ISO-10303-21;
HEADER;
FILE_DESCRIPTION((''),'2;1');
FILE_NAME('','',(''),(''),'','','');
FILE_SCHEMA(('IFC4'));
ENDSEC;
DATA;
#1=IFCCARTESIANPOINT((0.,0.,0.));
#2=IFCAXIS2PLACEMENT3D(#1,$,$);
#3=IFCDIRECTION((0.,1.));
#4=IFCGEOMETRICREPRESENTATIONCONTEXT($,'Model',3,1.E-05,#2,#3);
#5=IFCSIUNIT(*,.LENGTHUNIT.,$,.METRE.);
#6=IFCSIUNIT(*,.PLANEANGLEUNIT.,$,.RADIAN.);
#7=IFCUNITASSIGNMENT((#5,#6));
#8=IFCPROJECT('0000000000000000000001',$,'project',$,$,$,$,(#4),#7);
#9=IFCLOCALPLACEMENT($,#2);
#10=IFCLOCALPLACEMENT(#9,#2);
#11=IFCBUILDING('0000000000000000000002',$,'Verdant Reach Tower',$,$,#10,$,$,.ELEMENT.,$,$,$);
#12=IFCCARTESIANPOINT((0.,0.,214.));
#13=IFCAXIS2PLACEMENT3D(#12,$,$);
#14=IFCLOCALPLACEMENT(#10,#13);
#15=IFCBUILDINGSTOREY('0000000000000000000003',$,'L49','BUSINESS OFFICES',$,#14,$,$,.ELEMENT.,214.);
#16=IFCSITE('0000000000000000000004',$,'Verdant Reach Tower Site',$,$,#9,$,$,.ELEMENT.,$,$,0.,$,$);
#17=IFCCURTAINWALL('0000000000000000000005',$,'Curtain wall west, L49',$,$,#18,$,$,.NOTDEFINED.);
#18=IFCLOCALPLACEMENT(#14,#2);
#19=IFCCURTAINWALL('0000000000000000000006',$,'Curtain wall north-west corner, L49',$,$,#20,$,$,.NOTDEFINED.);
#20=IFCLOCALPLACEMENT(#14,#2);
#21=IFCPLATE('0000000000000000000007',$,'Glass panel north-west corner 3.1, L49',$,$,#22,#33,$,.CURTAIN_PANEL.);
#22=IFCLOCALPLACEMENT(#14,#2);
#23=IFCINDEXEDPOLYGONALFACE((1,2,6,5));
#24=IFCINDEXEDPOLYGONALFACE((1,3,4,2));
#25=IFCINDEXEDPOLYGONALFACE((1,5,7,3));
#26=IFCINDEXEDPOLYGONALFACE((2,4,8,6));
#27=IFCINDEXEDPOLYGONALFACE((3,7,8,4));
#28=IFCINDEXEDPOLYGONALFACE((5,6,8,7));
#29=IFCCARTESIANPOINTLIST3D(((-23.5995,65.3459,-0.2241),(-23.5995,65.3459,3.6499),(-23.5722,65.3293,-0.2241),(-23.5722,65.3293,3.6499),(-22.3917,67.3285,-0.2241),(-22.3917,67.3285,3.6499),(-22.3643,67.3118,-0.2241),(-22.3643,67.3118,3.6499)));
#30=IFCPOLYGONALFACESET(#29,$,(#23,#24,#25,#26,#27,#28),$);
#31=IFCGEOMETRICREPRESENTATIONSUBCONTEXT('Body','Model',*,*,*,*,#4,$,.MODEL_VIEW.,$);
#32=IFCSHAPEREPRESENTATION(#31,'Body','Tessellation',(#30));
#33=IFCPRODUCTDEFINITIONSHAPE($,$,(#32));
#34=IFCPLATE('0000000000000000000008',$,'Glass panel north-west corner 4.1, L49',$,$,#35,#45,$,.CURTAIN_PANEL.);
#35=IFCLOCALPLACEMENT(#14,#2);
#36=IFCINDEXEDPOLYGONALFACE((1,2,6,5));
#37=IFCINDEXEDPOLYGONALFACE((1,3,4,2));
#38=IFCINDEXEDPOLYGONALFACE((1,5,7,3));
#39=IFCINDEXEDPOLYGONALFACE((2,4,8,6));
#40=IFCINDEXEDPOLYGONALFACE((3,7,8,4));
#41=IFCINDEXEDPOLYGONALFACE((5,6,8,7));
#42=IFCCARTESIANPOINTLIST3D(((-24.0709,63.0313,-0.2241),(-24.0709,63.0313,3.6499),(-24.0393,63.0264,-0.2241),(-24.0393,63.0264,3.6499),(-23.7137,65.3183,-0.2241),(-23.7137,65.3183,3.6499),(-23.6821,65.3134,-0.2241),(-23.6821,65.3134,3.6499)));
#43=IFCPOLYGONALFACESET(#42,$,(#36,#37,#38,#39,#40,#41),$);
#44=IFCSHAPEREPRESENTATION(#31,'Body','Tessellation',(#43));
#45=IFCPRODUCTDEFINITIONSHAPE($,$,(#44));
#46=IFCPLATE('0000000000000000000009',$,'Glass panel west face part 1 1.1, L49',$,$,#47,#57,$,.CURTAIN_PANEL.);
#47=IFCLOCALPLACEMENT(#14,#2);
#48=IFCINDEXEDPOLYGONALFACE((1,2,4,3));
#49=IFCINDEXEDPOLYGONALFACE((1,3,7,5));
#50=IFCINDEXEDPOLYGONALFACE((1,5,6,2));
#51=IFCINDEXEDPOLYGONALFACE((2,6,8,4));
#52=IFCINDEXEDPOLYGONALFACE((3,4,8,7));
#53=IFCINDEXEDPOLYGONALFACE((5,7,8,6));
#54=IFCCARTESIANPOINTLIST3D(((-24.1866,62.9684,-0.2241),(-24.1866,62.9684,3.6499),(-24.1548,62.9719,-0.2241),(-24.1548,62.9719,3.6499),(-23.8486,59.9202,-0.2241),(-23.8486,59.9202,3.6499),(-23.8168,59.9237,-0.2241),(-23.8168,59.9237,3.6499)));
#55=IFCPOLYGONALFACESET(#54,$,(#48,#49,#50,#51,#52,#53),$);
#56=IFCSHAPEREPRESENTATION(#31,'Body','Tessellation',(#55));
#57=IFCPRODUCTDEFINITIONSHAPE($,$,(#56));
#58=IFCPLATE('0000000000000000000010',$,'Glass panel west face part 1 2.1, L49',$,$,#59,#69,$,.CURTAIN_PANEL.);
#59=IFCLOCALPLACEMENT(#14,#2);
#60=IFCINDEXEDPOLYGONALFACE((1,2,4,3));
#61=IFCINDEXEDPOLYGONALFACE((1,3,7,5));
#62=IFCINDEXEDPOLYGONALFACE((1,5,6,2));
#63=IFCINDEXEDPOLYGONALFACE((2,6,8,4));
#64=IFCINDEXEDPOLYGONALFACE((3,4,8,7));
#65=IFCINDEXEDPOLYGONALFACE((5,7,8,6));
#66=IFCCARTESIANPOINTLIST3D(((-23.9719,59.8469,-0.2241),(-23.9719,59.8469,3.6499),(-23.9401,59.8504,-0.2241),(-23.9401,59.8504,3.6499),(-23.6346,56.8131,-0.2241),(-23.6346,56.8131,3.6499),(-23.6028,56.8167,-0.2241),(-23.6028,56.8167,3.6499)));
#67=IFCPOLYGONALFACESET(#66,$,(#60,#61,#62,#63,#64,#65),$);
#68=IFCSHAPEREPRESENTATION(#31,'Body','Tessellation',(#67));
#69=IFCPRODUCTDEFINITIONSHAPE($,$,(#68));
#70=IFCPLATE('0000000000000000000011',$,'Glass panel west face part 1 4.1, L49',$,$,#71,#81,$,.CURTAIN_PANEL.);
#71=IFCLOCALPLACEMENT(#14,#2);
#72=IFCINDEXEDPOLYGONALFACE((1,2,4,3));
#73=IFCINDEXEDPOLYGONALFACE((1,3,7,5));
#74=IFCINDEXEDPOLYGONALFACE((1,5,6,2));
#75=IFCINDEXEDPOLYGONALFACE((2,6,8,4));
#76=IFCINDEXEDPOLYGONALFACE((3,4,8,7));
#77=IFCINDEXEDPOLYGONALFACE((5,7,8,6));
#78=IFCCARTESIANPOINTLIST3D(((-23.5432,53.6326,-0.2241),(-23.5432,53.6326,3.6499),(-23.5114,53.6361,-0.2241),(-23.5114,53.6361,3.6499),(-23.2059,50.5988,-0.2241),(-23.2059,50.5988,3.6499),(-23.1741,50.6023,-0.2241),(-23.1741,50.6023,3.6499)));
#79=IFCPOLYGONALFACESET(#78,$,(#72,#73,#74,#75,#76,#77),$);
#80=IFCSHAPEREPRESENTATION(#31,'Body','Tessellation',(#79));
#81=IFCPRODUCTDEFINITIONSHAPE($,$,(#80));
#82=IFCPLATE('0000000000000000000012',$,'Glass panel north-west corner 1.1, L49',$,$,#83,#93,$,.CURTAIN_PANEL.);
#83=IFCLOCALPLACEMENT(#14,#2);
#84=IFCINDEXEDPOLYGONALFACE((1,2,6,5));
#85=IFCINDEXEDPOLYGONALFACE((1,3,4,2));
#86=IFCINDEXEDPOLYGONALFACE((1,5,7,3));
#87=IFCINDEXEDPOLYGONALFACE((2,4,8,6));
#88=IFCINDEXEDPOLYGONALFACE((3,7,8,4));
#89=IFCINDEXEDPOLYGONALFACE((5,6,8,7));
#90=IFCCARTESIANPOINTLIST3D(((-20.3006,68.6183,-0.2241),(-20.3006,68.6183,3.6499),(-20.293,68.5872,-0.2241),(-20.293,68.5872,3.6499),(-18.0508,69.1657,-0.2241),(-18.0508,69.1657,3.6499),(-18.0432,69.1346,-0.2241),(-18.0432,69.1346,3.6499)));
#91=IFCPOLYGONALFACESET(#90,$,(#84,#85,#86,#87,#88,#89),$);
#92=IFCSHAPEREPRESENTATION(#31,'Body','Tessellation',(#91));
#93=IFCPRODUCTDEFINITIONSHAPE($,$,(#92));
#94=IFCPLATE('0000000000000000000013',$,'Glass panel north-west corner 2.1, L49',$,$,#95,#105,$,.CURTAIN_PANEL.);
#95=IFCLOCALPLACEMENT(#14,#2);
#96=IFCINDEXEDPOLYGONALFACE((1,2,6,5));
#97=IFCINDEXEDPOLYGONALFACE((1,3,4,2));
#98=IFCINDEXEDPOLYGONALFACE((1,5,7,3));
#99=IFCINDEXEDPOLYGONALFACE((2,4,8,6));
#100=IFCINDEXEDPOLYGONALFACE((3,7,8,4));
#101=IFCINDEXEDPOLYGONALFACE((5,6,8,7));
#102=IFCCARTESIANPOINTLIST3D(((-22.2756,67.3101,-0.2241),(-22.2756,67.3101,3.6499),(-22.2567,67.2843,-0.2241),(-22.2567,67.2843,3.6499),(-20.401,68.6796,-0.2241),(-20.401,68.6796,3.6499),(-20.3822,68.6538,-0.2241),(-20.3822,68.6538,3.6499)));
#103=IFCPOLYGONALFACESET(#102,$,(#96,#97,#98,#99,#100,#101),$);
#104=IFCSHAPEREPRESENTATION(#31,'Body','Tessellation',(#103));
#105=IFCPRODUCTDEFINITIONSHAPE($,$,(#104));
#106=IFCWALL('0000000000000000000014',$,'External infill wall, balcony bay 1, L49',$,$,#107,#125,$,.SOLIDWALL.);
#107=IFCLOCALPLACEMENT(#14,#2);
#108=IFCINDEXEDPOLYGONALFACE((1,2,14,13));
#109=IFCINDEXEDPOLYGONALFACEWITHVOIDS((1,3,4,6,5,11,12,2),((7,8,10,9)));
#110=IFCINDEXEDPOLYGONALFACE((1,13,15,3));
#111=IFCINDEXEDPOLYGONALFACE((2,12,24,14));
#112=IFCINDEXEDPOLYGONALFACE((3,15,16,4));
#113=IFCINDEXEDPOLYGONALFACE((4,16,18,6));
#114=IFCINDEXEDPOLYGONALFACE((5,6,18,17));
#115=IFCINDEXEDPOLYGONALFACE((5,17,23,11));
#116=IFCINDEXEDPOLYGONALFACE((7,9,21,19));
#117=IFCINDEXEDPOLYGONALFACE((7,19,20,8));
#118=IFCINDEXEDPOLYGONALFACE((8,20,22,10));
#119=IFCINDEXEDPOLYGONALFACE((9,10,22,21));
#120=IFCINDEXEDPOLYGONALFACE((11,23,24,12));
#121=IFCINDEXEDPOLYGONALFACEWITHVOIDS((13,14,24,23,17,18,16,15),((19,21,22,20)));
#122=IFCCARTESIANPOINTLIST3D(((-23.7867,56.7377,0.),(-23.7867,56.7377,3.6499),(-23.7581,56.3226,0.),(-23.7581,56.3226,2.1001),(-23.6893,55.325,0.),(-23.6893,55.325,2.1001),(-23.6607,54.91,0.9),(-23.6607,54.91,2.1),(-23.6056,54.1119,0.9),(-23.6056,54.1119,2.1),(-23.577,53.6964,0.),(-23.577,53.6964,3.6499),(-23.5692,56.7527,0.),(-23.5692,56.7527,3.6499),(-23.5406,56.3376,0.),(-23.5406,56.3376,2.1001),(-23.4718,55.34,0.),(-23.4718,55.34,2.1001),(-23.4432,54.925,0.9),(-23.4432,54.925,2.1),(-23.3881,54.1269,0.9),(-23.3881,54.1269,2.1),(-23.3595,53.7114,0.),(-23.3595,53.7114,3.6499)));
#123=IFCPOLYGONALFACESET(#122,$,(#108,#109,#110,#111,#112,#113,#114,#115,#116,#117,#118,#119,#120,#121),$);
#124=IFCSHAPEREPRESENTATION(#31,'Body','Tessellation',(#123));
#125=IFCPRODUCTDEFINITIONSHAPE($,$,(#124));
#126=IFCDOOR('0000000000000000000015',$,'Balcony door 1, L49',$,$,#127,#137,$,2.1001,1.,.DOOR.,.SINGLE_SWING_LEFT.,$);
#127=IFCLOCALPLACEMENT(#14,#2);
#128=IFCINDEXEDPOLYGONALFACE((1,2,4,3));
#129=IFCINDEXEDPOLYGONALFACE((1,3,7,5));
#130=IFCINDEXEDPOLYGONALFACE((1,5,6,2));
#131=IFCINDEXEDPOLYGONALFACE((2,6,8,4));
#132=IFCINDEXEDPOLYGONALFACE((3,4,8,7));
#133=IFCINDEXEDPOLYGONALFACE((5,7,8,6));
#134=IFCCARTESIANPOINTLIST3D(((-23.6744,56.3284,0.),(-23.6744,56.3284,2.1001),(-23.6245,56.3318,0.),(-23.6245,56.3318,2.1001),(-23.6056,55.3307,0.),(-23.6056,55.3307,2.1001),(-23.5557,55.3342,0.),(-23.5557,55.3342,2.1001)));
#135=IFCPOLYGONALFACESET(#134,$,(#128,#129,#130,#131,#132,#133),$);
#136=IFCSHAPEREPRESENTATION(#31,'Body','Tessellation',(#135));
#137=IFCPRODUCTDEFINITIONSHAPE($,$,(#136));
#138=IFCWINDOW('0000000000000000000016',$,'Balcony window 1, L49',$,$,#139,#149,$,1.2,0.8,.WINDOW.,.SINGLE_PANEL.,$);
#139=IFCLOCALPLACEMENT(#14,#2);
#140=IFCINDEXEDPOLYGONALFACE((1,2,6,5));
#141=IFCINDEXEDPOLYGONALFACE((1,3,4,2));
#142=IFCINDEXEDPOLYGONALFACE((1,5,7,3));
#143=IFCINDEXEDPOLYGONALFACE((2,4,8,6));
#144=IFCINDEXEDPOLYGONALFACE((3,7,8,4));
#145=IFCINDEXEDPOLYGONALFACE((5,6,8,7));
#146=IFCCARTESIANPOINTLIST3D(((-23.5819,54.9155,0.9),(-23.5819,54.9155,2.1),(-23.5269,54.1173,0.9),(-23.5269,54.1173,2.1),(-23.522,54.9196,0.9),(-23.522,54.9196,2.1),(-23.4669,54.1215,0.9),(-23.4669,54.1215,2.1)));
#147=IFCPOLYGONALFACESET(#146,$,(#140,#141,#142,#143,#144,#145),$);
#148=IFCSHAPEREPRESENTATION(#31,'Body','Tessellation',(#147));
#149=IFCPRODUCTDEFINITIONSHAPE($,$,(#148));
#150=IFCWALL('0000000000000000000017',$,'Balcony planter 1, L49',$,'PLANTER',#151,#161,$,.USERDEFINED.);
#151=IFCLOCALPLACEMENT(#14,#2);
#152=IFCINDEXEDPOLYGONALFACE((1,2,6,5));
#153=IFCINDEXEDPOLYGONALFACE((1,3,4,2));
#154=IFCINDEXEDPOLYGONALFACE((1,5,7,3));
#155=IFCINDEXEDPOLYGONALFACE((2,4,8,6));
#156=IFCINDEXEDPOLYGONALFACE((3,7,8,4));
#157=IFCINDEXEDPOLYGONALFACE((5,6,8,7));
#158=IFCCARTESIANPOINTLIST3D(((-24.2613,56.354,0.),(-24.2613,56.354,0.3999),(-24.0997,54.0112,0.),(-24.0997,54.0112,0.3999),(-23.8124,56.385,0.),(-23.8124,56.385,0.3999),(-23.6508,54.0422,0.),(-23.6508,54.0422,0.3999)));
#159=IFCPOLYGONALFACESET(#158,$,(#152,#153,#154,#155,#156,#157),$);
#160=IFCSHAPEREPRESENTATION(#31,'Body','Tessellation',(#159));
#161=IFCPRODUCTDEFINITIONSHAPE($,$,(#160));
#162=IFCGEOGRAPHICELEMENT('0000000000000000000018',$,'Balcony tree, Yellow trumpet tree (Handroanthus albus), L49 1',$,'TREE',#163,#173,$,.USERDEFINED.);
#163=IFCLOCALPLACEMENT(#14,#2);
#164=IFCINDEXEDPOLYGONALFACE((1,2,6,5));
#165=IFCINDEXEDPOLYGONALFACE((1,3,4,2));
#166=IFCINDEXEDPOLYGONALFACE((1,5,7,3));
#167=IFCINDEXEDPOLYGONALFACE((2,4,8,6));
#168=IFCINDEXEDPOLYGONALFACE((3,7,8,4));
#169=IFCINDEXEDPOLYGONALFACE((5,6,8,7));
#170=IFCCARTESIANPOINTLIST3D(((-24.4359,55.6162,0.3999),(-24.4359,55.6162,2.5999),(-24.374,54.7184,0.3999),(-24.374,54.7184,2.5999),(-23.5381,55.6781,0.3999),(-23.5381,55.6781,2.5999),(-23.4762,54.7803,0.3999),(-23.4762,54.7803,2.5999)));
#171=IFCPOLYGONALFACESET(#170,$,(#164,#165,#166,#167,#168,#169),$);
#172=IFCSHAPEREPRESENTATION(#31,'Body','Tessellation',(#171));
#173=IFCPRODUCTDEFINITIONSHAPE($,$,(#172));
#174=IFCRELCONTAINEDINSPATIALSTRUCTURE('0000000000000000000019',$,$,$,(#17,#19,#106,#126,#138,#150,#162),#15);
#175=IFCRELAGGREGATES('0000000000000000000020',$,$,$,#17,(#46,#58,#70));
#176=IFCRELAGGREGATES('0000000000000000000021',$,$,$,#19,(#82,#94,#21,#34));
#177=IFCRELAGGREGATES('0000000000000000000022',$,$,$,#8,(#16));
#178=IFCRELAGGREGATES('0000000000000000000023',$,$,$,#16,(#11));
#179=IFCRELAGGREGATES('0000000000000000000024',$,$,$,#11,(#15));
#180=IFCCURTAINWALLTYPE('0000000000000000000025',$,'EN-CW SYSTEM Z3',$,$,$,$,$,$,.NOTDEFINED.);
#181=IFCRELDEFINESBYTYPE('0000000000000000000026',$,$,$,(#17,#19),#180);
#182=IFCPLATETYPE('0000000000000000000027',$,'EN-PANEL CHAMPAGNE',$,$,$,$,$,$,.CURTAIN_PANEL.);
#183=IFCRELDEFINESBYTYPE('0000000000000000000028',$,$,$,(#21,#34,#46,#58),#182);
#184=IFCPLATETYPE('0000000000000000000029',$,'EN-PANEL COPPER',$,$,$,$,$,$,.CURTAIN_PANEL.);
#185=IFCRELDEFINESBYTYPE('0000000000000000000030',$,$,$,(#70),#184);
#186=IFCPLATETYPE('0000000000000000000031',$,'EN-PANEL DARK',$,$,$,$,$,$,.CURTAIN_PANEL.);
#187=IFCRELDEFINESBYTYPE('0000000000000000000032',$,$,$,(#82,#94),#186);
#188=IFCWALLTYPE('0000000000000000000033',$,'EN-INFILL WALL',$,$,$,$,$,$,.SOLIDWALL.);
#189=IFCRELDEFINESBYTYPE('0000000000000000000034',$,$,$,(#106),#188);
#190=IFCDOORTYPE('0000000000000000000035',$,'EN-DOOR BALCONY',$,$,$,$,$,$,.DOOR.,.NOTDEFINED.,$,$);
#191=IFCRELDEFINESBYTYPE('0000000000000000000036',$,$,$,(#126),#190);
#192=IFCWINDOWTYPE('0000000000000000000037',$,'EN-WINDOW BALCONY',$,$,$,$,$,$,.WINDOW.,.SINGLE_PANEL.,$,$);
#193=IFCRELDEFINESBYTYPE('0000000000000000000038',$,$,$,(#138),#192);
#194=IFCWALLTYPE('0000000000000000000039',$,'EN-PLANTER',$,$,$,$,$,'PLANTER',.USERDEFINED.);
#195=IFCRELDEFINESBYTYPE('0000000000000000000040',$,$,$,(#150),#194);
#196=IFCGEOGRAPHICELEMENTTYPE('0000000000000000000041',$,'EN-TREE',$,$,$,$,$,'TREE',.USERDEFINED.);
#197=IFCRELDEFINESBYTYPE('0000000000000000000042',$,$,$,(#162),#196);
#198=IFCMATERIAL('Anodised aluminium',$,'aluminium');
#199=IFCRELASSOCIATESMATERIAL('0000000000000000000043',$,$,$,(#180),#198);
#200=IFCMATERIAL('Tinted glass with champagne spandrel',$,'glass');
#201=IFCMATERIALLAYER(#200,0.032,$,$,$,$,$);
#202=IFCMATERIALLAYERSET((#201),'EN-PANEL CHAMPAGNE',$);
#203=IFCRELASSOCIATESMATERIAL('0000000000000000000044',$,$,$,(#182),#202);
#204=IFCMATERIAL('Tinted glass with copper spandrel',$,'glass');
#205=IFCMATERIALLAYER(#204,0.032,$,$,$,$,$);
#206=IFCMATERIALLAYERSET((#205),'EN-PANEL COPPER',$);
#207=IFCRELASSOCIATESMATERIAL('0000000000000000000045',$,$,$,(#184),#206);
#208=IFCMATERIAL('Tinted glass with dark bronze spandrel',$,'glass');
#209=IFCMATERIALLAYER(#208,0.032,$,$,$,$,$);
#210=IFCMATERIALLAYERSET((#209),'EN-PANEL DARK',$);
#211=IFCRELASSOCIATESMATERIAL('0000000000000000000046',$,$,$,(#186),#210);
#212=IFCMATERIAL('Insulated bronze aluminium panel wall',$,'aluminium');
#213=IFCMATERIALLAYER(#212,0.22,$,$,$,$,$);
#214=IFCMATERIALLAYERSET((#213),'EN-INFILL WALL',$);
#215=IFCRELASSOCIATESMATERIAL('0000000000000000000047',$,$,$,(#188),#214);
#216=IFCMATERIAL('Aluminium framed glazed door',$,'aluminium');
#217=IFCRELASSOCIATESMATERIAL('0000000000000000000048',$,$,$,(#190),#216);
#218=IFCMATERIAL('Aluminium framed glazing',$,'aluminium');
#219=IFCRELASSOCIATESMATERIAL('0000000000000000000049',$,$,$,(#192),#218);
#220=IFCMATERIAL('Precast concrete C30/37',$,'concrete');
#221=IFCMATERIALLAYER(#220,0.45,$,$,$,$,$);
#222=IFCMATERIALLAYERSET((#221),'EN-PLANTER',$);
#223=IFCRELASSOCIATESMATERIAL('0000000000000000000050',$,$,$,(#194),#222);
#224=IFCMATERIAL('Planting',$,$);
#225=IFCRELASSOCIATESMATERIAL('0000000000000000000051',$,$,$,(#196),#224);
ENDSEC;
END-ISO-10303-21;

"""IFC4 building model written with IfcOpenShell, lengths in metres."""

from ifc_helpers import new_model, si_unit, direction, frame, frame_2d, origin, origin_2d, place, context, subcontext, project, spatial, rectangle, extrude, material, layer, layer_set, type_object, element, fill, aggregate, save


model = new_model("IFC4")

# Units and contexts
model_context = context("Model", 3, precision=1e-05, world=origin(), true_north=direction((0.0, 1.0)))
body_context = subcontext(model_context, "Body", "Model", "MODEL_VIEW")
ifc_project = project(units=[si_unit("LENGTHUNIT", "METRE"), si_unit("PLANEANGLEUNIT", "RADIAN")], contexts=[model_context])

# Site, building, storey
site_placement = place(None, origin())
site = spatial("IfcSite", under=ifc_project, at=site_placement, Name="Verdant Reach Tower Site", CompositionType="ELEMENT", RefElevation=0.0)
building_placement = place(site_placement, origin())
building = spatial("IfcBuilding", under=site, at=building_placement, Name="Verdant Reach Tower", CompositionType="ELEMENT")
storey_placement = place(building_placement, frame((0.0, 0.0, 214.0)))
storey = spatial("IfcBuildingStorey", under=building, at=storey_placement, Name="L49", Description="BUSINESS OFFICES", CompositionType="ELEMENT", Elevation=214.0)

# Curtain wall
ifc_material_1 = material(Name="Anodised aluminium", Category="aluminium")
curtain_wall_type = type_object("IfcCurtainWallType", Name="EN-CW SYSTEM Z3", PredefinedType="NOTDEFINED", material=ifc_material_1)
curtain_wall_1_placement = place(storey_placement, origin())
curtain_wall_1 = element("IfcCurtainWall", 1, at=curtain_wall_1_placement, inside=storey, type_object=curtain_wall_type, Name="Curtain wall west, L49", PredefinedType="NOTDEFINED")

# Curtain wall, plates
curtain_wall_2_placement = place(storey_placement, origin())
curtain_wall_2 = element("IfcCurtainWall", 2, at=curtain_wall_2_placement, inside=storey, type_object=curtain_wall_type, Name="Curtain wall north-west corner, L49", PredefinedType="NOTDEFINED")
ifc_material_2 = material(Name="Tinted glass with champagne spandrel", Category="glass")
ifc_layer_1 = layer(ifc_material_2, 0.032)
ifc_layer_set_1 = layer_set([ifc_layer_1], Name="EN-PANEL CHAMPAGNE")
plate_type_1 = type_object("IfcPlateType", Name="EN-PANEL CHAMPAGNE", PredefinedType="CURTAIN_PANEL", material=ifc_layer_set_1)
plate_1_placement = place(storey_placement, frame((-22.9819, 66.3289, -0.2241), z_axis=(0.0, 0.0, 1.0), x_axis=(-0.520292, -0.853989, 0.0)))
plate_1 = element("IfcPlate", 3, at=plate_1_placement, type_object=plate_type_1, Name="Glass panel north-west corner 3.1, L49", PredefinedType="CURTAIN_PANEL", context=body_context, shape_type="SweptSolid", body=[
    extrude(rectangle(XDim=2.3215, YDim=0.032, at=origin_2d()), origin(), (0.0, 0.0, 1.0), 3.874),
])
plate_2_placement = place(storey_placement, frame((-23.8765, 64.1724, -0.2241), z_axis=(0.0, 0.0, 1.0), x_axis=(-0.154312, -0.988022, 0.0)))
plate_2 = element("IfcPlate", 4, at=plate_2_placement, type_object=plate_type_1, Name="Glass panel north-west corner 4.1, L49", PredefinedType="CURTAIN_PANEL", context=body_context, shape_type="SweptSolid", body=[
    extrude(rectangle(XDim=2.3147, YDim=0.032, at=origin_2d()), origin(), (0.0, 0.0, 1.0), 3.874),
])

# Plates
plate_3_placement = place(storey_placement, frame((-24.0017, 61.446, -0.2241), z_axis=(0.0, 0.0, 1.0), x_axis=(0.110214, -0.993908, 0.0)))
plate_3 = element("IfcPlate", 5, at=plate_3_placement, type_object=plate_type_1, Name="Glass panel west face part 1 1.1, L49", PredefinedType="CURTAIN_PANEL", context=body_context, shape_type="SweptSolid", body=[
    extrude(rectangle(XDim=3.0669, YDim=0.032, at=origin_2d()), origin(), (0.0, 0.0, 1.0), 3.874),
])
plate_4_placement = place(storey_placement, frame((-23.7874, 58.3318, -0.2241), z_axis=(0.0, 0.0, 1.0), x_axis=(0.110518, -0.993874, 0.0)))
plate_4 = element("IfcPlate", 6, at=plate_4_placement, type_object=plate_type_1, Name="Glass panel west face part 1 2.1, L49", PredefinedType="CURTAIN_PANEL", context=body_context, shape_type="SweptSolid", body=[
    extrude(rectangle(XDim=3.0525, YDim=0.032, at=origin_2d()), origin(), (0.0, 0.0, 1.0), 3.874),
])
ifc_material_3 = material(Name="Tinted glass with copper spandrel", Category="glass")
ifc_layer_2 = layer(ifc_material_3, 0.032)
ifc_layer_set_2 = layer_set([ifc_layer_2], Name="EN-PANEL COPPER")
plate_type_2 = type_object("IfcPlateType", Name="EN-PANEL COPPER", PredefinedType="CURTAIN_PANEL", material=ifc_layer_set_2)
plate_5_placement = place(storey_placement, frame((-23.3586, 52.1174, -0.2241), z_axis=(0.0, 0.0, 1.0), x_axis=(0.110518, -0.993874, 0.0)))
plate_5 = element("IfcPlate", 7, at=plate_5_placement, type_object=plate_type_2, Name="Glass panel west face part 1 4.1, L49", PredefinedType="CURTAIN_PANEL", context=body_context, shape_type="SweptSolid", body=[
    extrude(rectangle(XDim=3.0525, YDim=0.032, at=origin_2d()), origin(), (0.0, 0.0, 1.0), 3.874),
])
aggregate(curtain_wall_1, [plate_3, plate_4, plate_5])
ifc_material_4 = material(Name="Tinted glass with dark bronze spandrel", Category="glass")
ifc_layer_3 = layer(ifc_material_4, 0.032)
ifc_layer_set_3 = layer_set([ifc_layer_3], Name="EN-PANEL DARK")
plate_type_3 = type_object("IfcPlateType", Name="EN-PANEL DARK", PredefinedType="CURTAIN_PANEL", material=ifc_layer_set_3)
plate_6_placement = place(storey_placement, frame((-19.1719, 68.8765, -0.2241), z_axis=(0.0, 0.0, 1.0), x_axis=(-0.971655, -0.236403, 0.0)))
plate_6 = element("IfcPlate", 8, at=plate_6_placement, type_object=plate_type_3, Name="Glass panel north-west corner 1.1, L49", PredefinedType="CURTAIN_PANEL", context=body_context, shape_type="SweptSolid", body=[
    extrude(rectangle(XDim=2.3154, YDim=0.032, at=origin_2d()), origin(), (0.0, 0.0, 1.0), 3.874),
])
plate_7_placement = place(storey_placement, frame((-21.3289, 67.9819, -0.2241), z_axis=(0.0, 0.0, 1.0), x_axis=(-0.807457, -0.589927, 0.0)))
plate_7 = element("IfcPlate", 9, at=plate_7_placement, type_object=plate_type_3, Name="Glass panel north-west corner 2.1, L49", PredefinedType="CURTAIN_PANEL", context=body_context, shape_type="SweptSolid", body=[
    extrude(rectangle(XDim=2.3215, YDim=0.032, at=origin_2d()), origin(), (0.0, 0.0, 1.0), 3.874),
])
aggregate(curtain_wall_2, [plate_6, plate_7, plate_1, plate_2])

# Wall, openings, door, window
ifc_material_5 = material(Name="Insulated bronze aluminium panel wall", Category="aluminium")
ifc_layer_4 = layer(ifc_material_5, 0.22)
ifc_layer_set_4 = layer_set([ifc_layer_4], Name="EN-INFILL WALL")
wall_type_1 = type_object("IfcWallType", Name="EN-INFILL WALL", PredefinedType="SOLIDWALL", material=ifc_layer_set_4)
wall_1_placement = place(storey_placement, frame((-23.678, 56.7454, 0.0), z_axis=(0.0, 0.0, 1.0), x_axis=(0.068794, -0.997631, 0.0)))
wall_1 = element("IfcWall", 10, at=wall_1_placement, inside=storey, type_object=wall_type_1, Name="External infill wall, balcony bay 1, L49", PredefinedType="SOLIDWALL", context=body_context, shape_type="SweptSolid", body=[
    extrude(rectangle(XDim=3.0486, YDim=0.218, at=frame_2d((1.5244, 0.0))), origin(), (0.0, 0.0, 1.0), 3.6499),
])
opening_1_placement = place(wall_1_placement, frame((0.4163, 0.0, 0.0)))
opening_1 = element("IfcOpeningElement", 11, at=opening_1_placement, cuts=wall_1, PredefinedType="OPENING", context=body_context, shape_type="SweptSolid", body=[
    extrude(rectangle(XDim=1.0, YDim=2.1001, at=frame_2d((0.5, 1.05))), frame((0.0, 0.1189, 0.0), z_axis=(0.0, -1.0, 0.0), x_axis=(1.0, 0.0, 0.0)), (0.0, 0.0, 1.0), 0.238),
])
opening_2_placement = place(wall_1_placement, frame((1.8323, 0.0, 0.8999)))
opening_2 = element("IfcOpeningElement", 12, at=opening_2_placement, cuts=wall_1, PredefinedType="OPENING", context=body_context, shape_type="SweptSolid", body=[
    extrude(rectangle(XDim=0.8, YDim=1.2, at=frame_2d((0.3999, 0.6001))), frame((0.0, 0.1189, 0.0), z_axis=(0.0, -1.0, 0.0), x_axis=(1.0, 0.0, 0.0)), (0.0, 0.0, 1.0), 0.238),
])
ifc_material_6 = material(Name="Aluminium framed glazed door", Category="aluminium")
door_type = type_object("IfcDoorType", Name="EN-DOOR BALCONY", OperationType="NOTDEFINED", PredefinedType="DOOR", material=ifc_material_6)
door_placement = place(opening_1_placement, origin())
door = element("IfcDoor", 13, at=door_placement, inside=storey, type_object=door_type, Name="Balcony door 1, L49", OperationType="SINGLE_SWING_LEFT", OverallHeight=2.1001, OverallWidth=1.0, PredefinedType="DOOR", context=body_context, shape_type="SweptSolid", body=[
    extrude(rectangle(XDim=1.0, YDim=2.1001, at=frame_2d((0.5, 1.05))), frame((0.0, 0.0249, 0.0), z_axis=(0.0, -1.0, 0.0), x_axis=(1.0, 0.0, 0.0)), (0.0, 0.0, 1.0), 0.05),
])
fill(opening_1, door)
ifc_material_7 = material(Name="Aluminium framed glazing", Category="aluminium")
window_type = type_object("IfcWindowType", Name="EN-WINDOW BALCONY", PartitioningType="SINGLE_PANEL", PredefinedType="WINDOW", material=ifc_material_7)
window_placement = place(opening_2_placement, origin())
window = element("IfcWindow", 14, at=window_placement, inside=storey, type_object=window_type, Name="Balcony window 1, L49", OverallHeight=1.2, OverallWidth=0.8, PartitioningType="SINGLE_PANEL", PredefinedType="WINDOW", context=body_context, shape_type="SweptSolid", body=[
    extrude(rectangle(XDim=0.8, YDim=1.2, at=frame_2d((0.3999, 0.6001))), frame((0.0, 0.03, 0.0), z_axis=(0.0, -1.0, 0.0), x_axis=(1.0, 0.0, 0.0)), (0.0, 0.0, 1.0), 0.0601),
])
fill(opening_2, window)

# Wall
ifc_material_8 = material(Name="Precast concrete C30/37", Category="concrete")
ifc_layer_5 = layer(ifc_material_8, 0.45)
ifc_layer_set_5 = layer_set([ifc_layer_5], Name="EN-PLANTER")
wall_type_2 = type_object("IfcWallType", Name="EN-PLANTER", ElementType="PLANTER", PredefinedType="USERDEFINED", material=ifc_layer_set_5)
wall_2_placement = place(storey_placement, frame((-24.0369, 56.3696, 0.0), z_axis=(0.0, 0.0, 1.0), x_axis=(0.068823, -0.997629, 0.0)))
element("IfcWall", 15, at=wall_2_placement, inside=storey, type_object=wall_type_2, Name="Balcony planter 1, L49", ObjectType="PLANTER", PredefinedType="USERDEFINED", context=body_context, shape_type="SweptSolid", body=[
    extrude(rectangle(XDim=2.3484, YDim=0.45, at=frame_2d((1.1743, 0.0))), origin(), (0.0, 0.0, 1.0), 0.3999),
])

# Geographic element
ifc_material_9 = material(Name="Planting")
geographic_element_type = type_object("IfcGeographicElementType", Name="EN-TREE", ElementType="TREE", PredefinedType="USERDEFINED", material=ifc_material_9)
geographic_element_placement = place(storey_placement, frame((-23.9561, 55.1982, 0.3999), z_axis=(0.0, 0.0, 1.0), x_axis=(0.068802, -0.99763, 0.0)))
element("IfcGeographicElement", 16, at=geographic_element_placement, inside=storey, type_object=geographic_element_type, Name="Balcony tree, Yellow trumpet tree (Handroanthus albus), L49 1", ObjectType="TREE", PredefinedType="USERDEFINED", context=body_context, shape_type="SweptSolid", body=[
    extrude(rectangle(XDim=0.8999, YDim=0.8999, at=origin_2d()), origin(), (0.0, 0.0, 1.0), 2.2),
])

save(model, "model.ifc")
